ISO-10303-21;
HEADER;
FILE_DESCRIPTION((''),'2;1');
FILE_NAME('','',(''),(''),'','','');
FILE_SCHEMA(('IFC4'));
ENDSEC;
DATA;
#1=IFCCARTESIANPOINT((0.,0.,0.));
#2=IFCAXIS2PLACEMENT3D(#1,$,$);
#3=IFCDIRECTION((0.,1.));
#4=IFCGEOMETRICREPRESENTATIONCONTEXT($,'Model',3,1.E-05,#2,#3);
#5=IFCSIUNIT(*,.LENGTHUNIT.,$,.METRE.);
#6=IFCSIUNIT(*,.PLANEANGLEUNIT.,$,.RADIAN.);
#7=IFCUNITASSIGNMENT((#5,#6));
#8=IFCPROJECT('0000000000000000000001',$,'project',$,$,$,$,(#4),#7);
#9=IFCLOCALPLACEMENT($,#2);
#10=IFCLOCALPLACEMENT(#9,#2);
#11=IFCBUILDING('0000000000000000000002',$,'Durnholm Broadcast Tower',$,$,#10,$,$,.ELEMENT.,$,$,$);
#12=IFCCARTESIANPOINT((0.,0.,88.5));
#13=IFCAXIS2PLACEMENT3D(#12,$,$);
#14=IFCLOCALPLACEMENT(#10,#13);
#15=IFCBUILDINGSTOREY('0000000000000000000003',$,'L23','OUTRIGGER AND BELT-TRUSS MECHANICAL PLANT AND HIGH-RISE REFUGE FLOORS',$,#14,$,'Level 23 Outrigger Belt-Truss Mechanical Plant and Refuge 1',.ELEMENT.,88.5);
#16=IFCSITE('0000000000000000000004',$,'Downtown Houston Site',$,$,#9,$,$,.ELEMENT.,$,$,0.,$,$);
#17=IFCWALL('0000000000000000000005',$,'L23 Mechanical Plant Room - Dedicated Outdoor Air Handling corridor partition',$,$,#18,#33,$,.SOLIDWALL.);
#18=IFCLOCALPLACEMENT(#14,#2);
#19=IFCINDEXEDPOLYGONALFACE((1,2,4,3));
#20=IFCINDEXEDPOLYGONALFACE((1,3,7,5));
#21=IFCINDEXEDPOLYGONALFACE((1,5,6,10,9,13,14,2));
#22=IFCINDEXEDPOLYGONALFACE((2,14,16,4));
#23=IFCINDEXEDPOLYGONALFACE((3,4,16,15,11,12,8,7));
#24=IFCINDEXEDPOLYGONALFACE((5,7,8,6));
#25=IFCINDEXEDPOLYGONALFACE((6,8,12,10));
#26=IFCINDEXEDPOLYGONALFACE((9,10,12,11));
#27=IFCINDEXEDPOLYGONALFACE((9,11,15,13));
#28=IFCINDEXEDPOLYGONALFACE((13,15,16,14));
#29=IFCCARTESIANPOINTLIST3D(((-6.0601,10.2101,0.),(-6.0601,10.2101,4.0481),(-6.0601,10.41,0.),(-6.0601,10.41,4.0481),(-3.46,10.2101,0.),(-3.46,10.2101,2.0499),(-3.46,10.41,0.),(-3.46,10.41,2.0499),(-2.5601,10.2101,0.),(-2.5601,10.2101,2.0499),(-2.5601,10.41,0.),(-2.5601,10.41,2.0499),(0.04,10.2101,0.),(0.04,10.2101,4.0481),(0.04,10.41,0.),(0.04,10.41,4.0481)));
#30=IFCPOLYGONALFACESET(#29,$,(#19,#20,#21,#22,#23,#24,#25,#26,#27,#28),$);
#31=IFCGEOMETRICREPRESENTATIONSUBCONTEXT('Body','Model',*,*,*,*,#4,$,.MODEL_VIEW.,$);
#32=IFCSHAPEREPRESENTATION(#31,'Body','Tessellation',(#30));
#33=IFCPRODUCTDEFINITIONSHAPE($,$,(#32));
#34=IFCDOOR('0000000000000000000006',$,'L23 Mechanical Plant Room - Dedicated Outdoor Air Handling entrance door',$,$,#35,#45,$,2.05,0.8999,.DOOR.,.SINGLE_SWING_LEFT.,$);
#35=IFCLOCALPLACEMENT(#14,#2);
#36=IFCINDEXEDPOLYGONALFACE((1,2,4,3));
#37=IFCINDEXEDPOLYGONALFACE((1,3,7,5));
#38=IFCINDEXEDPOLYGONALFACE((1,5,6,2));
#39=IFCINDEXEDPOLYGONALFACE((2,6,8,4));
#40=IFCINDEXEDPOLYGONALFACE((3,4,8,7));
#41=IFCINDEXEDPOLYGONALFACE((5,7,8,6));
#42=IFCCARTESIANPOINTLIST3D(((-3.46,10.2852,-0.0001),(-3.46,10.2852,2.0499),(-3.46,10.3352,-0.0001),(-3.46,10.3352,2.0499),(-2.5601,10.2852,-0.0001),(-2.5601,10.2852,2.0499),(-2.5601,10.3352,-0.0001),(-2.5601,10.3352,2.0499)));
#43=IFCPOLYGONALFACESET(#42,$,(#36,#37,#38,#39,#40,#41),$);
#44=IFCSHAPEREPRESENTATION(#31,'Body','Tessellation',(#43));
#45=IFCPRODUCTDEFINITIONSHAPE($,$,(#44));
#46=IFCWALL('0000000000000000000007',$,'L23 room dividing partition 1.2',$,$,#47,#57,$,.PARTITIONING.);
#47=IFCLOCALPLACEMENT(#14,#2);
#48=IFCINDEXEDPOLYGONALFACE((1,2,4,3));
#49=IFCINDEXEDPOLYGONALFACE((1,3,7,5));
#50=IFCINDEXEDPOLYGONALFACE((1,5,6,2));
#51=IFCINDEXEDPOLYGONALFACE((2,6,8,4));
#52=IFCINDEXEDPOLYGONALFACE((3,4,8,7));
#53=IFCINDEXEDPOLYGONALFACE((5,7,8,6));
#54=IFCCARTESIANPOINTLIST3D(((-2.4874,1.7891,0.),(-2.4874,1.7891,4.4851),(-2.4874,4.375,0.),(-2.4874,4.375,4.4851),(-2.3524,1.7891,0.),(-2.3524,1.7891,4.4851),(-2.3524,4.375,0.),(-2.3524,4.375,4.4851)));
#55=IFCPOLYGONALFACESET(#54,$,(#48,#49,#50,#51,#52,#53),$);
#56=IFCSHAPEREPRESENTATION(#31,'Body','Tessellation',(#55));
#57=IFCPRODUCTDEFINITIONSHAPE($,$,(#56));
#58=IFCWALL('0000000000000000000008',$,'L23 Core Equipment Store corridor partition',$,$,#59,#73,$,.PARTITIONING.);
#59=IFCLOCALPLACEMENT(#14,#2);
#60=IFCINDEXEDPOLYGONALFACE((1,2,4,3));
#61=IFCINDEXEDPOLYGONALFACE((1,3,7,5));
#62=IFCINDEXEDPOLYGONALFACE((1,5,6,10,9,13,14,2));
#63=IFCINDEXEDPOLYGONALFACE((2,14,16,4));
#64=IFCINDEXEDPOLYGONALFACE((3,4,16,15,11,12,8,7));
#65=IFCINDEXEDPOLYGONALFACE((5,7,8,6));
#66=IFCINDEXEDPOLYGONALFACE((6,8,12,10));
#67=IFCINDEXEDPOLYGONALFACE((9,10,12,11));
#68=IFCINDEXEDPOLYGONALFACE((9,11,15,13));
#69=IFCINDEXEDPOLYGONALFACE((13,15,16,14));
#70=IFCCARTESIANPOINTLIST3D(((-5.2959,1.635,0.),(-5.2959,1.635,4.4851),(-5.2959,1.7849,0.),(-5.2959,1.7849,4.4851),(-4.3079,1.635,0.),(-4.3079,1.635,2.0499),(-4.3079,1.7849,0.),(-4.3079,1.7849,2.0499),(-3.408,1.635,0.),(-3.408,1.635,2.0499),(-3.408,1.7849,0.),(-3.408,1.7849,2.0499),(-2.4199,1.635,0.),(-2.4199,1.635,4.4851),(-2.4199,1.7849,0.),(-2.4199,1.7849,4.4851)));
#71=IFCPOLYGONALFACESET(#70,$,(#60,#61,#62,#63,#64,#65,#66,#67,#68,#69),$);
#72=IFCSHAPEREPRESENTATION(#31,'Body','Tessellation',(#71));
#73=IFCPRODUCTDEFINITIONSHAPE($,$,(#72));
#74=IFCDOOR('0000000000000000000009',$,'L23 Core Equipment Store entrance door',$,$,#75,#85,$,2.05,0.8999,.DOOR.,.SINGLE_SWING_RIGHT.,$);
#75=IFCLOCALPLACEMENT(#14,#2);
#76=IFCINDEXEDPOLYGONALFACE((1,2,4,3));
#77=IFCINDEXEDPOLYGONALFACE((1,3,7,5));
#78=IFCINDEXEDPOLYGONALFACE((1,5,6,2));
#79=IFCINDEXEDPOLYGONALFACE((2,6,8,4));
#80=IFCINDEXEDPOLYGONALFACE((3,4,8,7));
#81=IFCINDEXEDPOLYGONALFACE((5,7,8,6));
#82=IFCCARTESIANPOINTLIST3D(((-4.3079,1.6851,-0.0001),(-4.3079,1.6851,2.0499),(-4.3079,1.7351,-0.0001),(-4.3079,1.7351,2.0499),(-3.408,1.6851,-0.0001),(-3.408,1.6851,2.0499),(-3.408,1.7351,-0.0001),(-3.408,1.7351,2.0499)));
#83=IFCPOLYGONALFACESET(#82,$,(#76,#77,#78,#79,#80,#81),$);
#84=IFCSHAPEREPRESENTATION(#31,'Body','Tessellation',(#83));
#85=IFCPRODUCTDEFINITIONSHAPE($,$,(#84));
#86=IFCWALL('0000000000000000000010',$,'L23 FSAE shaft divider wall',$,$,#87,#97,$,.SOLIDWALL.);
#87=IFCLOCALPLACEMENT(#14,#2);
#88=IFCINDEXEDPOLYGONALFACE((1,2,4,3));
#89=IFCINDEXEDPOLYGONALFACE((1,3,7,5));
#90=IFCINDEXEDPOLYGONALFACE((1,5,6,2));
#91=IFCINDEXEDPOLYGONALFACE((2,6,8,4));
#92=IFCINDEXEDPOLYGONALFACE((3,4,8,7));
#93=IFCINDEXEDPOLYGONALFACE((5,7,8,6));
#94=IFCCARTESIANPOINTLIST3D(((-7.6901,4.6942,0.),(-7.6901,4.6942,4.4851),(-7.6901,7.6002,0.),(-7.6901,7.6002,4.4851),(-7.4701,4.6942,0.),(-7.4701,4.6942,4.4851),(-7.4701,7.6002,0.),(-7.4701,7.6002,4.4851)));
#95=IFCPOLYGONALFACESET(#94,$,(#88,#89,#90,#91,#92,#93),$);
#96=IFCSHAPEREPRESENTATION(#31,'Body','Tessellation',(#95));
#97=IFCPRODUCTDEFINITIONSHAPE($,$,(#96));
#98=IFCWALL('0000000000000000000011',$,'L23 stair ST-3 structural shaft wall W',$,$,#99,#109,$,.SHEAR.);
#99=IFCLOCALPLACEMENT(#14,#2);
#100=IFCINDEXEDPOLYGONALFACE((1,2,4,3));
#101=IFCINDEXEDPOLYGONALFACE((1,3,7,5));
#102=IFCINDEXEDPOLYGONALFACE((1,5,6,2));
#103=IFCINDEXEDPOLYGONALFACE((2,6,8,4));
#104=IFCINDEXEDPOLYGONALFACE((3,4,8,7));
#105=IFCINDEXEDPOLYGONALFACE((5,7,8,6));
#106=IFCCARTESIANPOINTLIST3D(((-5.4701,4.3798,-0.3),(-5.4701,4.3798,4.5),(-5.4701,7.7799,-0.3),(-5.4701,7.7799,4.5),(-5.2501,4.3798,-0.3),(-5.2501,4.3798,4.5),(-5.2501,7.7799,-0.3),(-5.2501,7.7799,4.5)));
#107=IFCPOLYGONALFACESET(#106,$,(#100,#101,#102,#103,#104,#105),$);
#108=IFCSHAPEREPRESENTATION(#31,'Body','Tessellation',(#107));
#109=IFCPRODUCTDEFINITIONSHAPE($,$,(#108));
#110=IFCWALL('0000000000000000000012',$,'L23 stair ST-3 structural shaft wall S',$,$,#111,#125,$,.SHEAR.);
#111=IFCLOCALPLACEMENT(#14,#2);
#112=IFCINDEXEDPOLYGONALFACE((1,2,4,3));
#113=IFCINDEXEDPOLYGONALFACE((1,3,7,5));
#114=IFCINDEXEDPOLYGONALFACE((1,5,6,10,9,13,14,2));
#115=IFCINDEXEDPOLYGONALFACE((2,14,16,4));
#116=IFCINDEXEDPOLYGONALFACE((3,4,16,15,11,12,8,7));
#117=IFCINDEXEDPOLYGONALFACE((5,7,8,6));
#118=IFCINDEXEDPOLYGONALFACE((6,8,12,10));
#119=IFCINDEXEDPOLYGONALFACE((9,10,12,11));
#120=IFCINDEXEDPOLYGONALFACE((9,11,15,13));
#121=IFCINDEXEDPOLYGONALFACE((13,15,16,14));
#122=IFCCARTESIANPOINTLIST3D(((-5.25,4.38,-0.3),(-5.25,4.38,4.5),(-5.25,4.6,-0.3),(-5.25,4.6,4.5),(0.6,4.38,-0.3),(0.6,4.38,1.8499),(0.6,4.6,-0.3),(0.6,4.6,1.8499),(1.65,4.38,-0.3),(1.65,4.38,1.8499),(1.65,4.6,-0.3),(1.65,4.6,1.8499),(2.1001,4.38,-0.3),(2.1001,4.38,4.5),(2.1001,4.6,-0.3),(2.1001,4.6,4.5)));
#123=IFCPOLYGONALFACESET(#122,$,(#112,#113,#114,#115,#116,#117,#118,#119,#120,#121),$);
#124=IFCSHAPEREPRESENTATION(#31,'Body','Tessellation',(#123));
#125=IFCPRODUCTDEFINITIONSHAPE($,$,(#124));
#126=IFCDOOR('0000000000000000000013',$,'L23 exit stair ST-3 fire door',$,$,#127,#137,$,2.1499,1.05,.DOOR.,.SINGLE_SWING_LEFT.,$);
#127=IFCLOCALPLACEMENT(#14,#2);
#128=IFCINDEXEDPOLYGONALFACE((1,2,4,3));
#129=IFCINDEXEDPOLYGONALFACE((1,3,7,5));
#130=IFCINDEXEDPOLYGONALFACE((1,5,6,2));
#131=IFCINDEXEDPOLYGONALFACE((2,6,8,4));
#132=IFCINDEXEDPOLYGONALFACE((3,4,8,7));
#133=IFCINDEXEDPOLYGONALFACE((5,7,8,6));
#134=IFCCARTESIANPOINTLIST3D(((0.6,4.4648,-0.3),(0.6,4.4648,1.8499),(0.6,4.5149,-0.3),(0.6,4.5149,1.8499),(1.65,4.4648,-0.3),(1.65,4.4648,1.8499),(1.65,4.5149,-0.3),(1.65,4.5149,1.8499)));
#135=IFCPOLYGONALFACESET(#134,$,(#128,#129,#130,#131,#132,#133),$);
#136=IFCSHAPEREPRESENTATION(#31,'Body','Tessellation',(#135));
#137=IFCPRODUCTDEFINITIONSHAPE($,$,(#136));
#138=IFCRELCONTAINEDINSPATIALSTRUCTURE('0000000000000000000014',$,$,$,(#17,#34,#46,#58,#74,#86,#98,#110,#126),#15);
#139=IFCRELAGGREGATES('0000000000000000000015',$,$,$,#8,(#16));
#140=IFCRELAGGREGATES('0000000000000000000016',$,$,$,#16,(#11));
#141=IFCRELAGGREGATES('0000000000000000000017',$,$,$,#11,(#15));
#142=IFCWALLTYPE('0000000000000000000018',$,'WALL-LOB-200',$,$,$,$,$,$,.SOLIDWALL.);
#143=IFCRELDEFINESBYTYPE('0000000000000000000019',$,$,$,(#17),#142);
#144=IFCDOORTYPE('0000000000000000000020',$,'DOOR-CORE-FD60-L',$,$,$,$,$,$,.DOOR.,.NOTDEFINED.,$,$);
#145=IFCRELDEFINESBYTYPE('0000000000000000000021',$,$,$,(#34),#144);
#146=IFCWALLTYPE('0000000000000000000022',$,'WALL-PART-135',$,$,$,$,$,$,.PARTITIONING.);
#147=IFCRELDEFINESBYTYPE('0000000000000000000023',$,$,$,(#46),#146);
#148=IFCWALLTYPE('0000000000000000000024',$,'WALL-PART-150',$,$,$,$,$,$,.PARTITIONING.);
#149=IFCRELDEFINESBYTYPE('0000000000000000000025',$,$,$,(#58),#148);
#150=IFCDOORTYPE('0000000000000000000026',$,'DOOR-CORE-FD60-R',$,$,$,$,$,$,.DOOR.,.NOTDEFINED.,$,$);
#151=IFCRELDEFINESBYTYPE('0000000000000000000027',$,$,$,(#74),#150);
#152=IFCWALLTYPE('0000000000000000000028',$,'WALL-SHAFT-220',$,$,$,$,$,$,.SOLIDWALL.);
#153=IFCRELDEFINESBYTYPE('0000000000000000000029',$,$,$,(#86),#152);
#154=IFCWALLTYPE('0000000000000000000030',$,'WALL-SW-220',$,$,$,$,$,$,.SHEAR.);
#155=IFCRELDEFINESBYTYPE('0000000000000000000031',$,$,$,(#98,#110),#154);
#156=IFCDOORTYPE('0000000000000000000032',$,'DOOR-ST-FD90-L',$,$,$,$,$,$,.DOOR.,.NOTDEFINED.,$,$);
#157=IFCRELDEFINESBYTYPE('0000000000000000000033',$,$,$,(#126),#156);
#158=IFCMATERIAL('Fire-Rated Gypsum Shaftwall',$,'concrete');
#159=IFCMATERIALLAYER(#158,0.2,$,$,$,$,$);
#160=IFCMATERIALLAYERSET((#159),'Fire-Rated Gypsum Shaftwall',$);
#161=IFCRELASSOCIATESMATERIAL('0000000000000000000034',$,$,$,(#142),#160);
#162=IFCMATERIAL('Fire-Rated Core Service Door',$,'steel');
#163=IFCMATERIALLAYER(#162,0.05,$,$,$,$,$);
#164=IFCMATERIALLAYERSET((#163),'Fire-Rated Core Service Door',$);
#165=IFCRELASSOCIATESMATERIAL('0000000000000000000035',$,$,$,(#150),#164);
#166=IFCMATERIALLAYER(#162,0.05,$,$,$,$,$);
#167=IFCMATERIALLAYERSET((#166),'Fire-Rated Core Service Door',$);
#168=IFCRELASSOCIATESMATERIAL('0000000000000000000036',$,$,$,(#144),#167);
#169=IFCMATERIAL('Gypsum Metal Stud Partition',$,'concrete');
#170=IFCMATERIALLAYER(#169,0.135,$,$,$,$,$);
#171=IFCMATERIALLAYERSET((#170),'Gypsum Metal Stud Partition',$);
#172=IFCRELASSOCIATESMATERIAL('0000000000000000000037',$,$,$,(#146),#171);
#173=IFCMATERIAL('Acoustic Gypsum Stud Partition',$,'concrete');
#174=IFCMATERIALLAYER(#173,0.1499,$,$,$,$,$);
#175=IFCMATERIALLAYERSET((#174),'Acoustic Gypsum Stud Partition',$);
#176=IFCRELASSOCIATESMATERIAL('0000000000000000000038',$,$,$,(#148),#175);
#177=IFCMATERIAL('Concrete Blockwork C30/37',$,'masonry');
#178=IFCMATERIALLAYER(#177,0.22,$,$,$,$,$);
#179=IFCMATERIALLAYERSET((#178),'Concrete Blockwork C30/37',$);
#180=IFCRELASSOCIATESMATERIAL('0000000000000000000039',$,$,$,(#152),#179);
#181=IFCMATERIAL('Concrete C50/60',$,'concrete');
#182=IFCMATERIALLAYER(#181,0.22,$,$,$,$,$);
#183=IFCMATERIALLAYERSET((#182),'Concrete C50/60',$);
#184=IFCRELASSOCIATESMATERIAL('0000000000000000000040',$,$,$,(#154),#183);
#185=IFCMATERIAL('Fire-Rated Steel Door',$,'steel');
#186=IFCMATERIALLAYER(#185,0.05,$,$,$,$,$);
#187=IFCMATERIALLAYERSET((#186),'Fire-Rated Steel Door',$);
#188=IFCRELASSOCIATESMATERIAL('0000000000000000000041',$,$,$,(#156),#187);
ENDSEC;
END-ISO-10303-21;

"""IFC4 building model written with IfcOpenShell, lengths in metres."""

from ifc_helpers import new_model, si_unit, direction, frame, frame_2d, origin, place, context, subcontext, project, spatial, rectangle, extrude, source, transform, mapped, material, layer, layer_set, type_object, type_shapes, element, fill, save


model = new_model("IFC4")

# Units and contexts
model_context = context("Model", 3, precision=1e-05, world=origin(), true_north=direction((0.0, 1.0)))
body_context = subcontext(model_context, "Body", "Model", "MODEL_VIEW")
ifc_project = project(units=[si_unit("LENGTHUNIT", "METRE"), si_unit("PLANEANGLEUNIT", "RADIAN")], contexts=[model_context])

# Site, building, storey
site_placement = place(None, origin())
site = spatial("IfcSite", under=ifc_project, at=site_placement, Name="Downtown Houston Site", CompositionType="ELEMENT", RefElevation=0.0)
building_placement = place(site_placement, origin())
building = spatial("IfcBuilding", under=site, at=building_placement, Name="Durnholm Broadcast Tower", CompositionType="ELEMENT")
storey_placement = place(building_placement, frame((0.0, 0.0, 88.5)))
storey = spatial("IfcBuildingStorey", under=building, at=storey_placement, Name="L23", Description="OUTRIGGER AND BELT-TRUSS MECHANICAL PLANT AND HIGH-RISE REFUGE FLOORS", LongName="Level 23 Outrigger Belt-Truss Mechanical Plant and Refuge 1", CompositionType="ELEMENT", Elevation=88.5)

# Wall, opening, door
ifc_material_1 = material(Name="Fire-Rated Gypsum Shaftwall", Category="concrete")
ifc_layer_1 = layer(ifc_material_1, 0.2)
ifc_layer_set_1 = layer_set([ifc_layer_1], Name="Fire-Rated Gypsum Shaftwall")
wall_type_1 = type_object("IfcWallType", Name="WALL-LOB-200", PredefinedType="SOLIDWALL", material=ifc_layer_set_1)
ifc_material_2 = material(Name="Fire-Rated Core Service Door", Category="steel")
ifc_layer_2 = layer(ifc_material_2, 0.05)
ifc_layer_set_2 = layer_set([ifc_layer_2], Name="Fire-Rated Core Service Door")
door_type_1 = type_object("IfcDoorType", Name="DOOR-CORE-FD60-R", OperationType="NOTDEFINED", PredefinedType="DOOR", material=ifc_layer_set_2)
shared_shape_1 = source(origin(), body_context, "Body", "SweptSolid", [
    extrude(rectangle(XDim=0.8999, YDim=2.05, at=frame_2d((0.45, 1.0249))), frame((0.0, 0.0249, 0.0), z_axis=(0.0, -1.0, 0.0), x_axis=(1.0, 0.0, 0.0)), (0.0, 0.0, 1.0), 0.05),
])
type_shapes(door_type_1, [shared_shape_1])
wall_1_placement = place(storey_placement, frame((0.04, 10.3101, 0.0), z_axis=(0.0, 0.0, 1.0), x_axis=(-1.0, 0.0, 0.0)))
wall_1 = element("IfcWall", 1, at=wall_1_placement, inside=storey, type_object=wall_type_1, Name="L23 Mechanical Plant Room - Dedicated Outdoor Air Handling corridor partition", PredefinedType="SOLIDWALL", context=body_context, shape_type="SweptSolid", body=[
    extrude(rectangle(XDim=6.1001, YDim=0.2, at=frame_2d((3.05, 0.0))), origin(), (0.0, 0.0, 1.0), 4.0481),
])
opening_1_placement = place(wall_1_placement, frame((2.6001, 0.0, 0.0)))
opening_1 = element("IfcOpeningElement", 2, at=opening_1_placement, cuts=wall_1, PredefinedType="OPENING", context=body_context, shape_type="SweptSolid", body=[
    extrude(rectangle(XDim=0.8999, YDim=2.05, at=frame_2d((0.45, 1.0249))), frame((0.0, 0.1099, 0.0), z_axis=(0.0, -1.0, 0.0), x_axis=(1.0, 0.0, 0.0)), (0.0, 0.0, 1.0), 0.22),
])
ifc_layer_3 = layer(ifc_material_2, 0.05)
ifc_layer_set_3 = layer_set([ifc_layer_3], Name="Fire-Rated Core Service Door")
door_type_2 = type_object("IfcDoorType", Name="DOOR-CORE-FD60-L", OperationType="NOTDEFINED", PredefinedType="DOOR", material=ifc_layer_set_3)
shared_shape_2 = source(origin(), body_context, "Body", "SweptSolid", [
    extrude(rectangle(XDim=0.8999, YDim=2.05, at=frame_2d((0.45, 1.0249))), frame((0.0, 0.0249, 0.0), z_axis=(0.0, -1.0, 0.0), x_axis=(1.0, 0.0, 0.0)), (0.0, 0.0, 1.0), 0.05),
])
type_shapes(door_type_2, [shared_shape_2])
door_1_placement = place(opening_1_placement, origin())
door_1 = element("IfcDoor", 3, at=door_1_placement, inside=storey, type_object=door_type_2, Name="L23 Mechanical Plant Room - Dedicated Outdoor Air Handling entrance door", OperationType="SINGLE_SWING_LEFT", OverallHeight=2.05, OverallWidth=0.8999, PredefinedType="DOOR", context=body_context, shape_type="MappedRepresentation", body=[
    mapped(shared_shape_2, transform((0.0, 0.0, 0.0), x_axis=(1.0, 0.0, 0.0), y_axis=(0.0, 1.0, 0.0), z_axis=(0.0, 0.0, 1.0), scale=1.0)),
])
fill(opening_1, door_1)

# Wall
ifc_material_3 = material(Name="Gypsum Metal Stud Partition", Category="concrete")
ifc_layer_4 = layer(ifc_material_3, 0.135)
ifc_layer_set_4 = layer_set([ifc_layer_4], Name="Gypsum Metal Stud Partition")
wall_type_2 = type_object("IfcWallType", Name="WALL-PART-135", PredefinedType="PARTITIONING", material=ifc_layer_set_4)
wall_2_placement = place(storey_placement, frame((-2.4199, 4.375, 0.0), z_axis=(0.0, 0.0, 1.0), x_axis=(0.0, -1.0, 0.0)))
element("IfcWall", 4, at=wall_2_placement, inside=storey, type_object=wall_type_2, Name="L23 room dividing partition 1.2", PredefinedType="PARTITIONING", context=body_context, shape_type="SweptSolid", body=[
    extrude(rectangle(XDim=2.5859, YDim=0.135, at=frame_2d((1.293, 0.0))), origin(), (0.0, 0.0, 1.0), 4.4851),
])

# Wall, opening, door
ifc_material_4 = material(Name="Acoustic Gypsum Stud Partition", Category="concrete")
ifc_layer_5 = layer(ifc_material_4, 0.1499)
ifc_layer_set_5 = layer_set([ifc_layer_5], Name="Acoustic Gypsum Stud Partition")
wall_type_3 = type_object("IfcWallType", Name="WALL-PART-150", PredefinedType="PARTITIONING", material=ifc_layer_set_5)
wall_3_placement = place(storey_placement, frame((-2.4199, 1.71, 0.0), z_axis=(0.0, 0.0, 1.0), x_axis=(-1.0, 0.0, 0.0)))
wall_3 = element("IfcWall", 5, at=wall_3_placement, inside=storey, type_object=wall_type_3, Name="L23 Core Equipment Store corridor partition", PredefinedType="PARTITIONING", context=body_context, shape_type="SweptSolid", body=[
    extrude(rectangle(XDim=2.876, YDim=0.1499, at=frame_2d((1.438, 0.0))), origin(), (0.0, 0.0, 1.0), 4.4851),
])
opening_2_placement = place(wall_3_placement, frame((0.988, 0.0, 0.0)))
opening_2 = element("IfcOpeningElement", 6, at=opening_2_placement, cuts=wall_3, PredefinedType="OPENING", context=body_context, shape_type="SweptSolid", body=[
    extrude(rectangle(XDim=0.8999, YDim=2.05, at=frame_2d((0.45, 1.0249))), frame((0.0, 0.085, 0.0), z_axis=(0.0, -1.0, 0.0), x_axis=(1.0, 0.0, 0.0)), (0.0, 0.0, 1.0), 0.1699),
])
door_2_placement = place(opening_2_placement, origin())
door_2 = element("IfcDoor", 7, at=door_2_placement, inside=storey, type_object=door_type_1, Name="L23 Core Equipment Store entrance door", OperationType="SINGLE_SWING_RIGHT", OverallHeight=2.05, OverallWidth=0.8999, PredefinedType="DOOR", context=body_context, shape_type="MappedRepresentation", body=[
    mapped(shared_shape_1, transform((0.0, 0.0, 0.0), x_axis=(1.0, 0.0, 0.0), y_axis=(0.0, 1.0, 0.0), z_axis=(0.0, 0.0, 1.0), scale=1.0)),
])
fill(opening_2, door_2)

# Shared definitions
ifc_material_5 = material(Name="Concrete Blockwork C30/37", Category="masonry")
ifc_layer_6 = layer(ifc_material_5, 0.22)
ifc_layer_set_6 = layer_set([ifc_layer_6], Name="Concrete Blockwork C30/37")
wall_type_4 = type_object("IfcWallType", Name="WALL-SHAFT-220", PredefinedType="SOLIDWALL", material=ifc_layer_set_6)

# Walls
wall_4_placement = place(storey_placement, frame((-7.5801, 4.6941, 0.0), z_axis=(0.0, 0.0, 1.0), x_axis=(0.0, 1.0, 0.0)))
element("IfcWall", 8, at=wall_4_placement, inside=storey, type_object=wall_type_4, Name="L23 FSAE shaft divider wall", PredefinedType="SOLIDWALL", context=body_context, shape_type="SweptSolid", body=[
    extrude(rectangle(XDim=2.906, YDim=0.22, at=frame_2d((1.4531, 0.0))), origin(), (0.0, 0.0, 1.0), 4.4851),
])
ifc_material_6 = material(Name="Concrete C50/60", Category="concrete")
ifc_layer_7 = layer(ifc_material_6, 0.22)
ifc_layer_set_7 = layer_set([ifc_layer_7], Name="Concrete C50/60")
wall_type_5 = type_object("IfcWallType", Name="WALL-SW-220", PredefinedType="SHEAR", material=ifc_layer_set_7)
wall_5_placement = place(storey_placement, frame((-5.3601, 7.78, -0.3), z_axis=(0.0, 0.0, 1.0), x_axis=(0.0, -1.0, 0.0)))
element("IfcWall", 9, at=wall_5_placement, inside=storey, type_object=wall_type_5, Name="L23 stair ST-3 structural shaft wall W", PredefinedType="SHEAR", context=body_context, shape_type="SweptSolid", body=[
    extrude(rectangle(XDim=3.4001, YDim=0.22, at=frame_2d((1.7002, 0.0))), origin(), (0.0, 0.0, 1.0), 4.8),
])

# Wall, opening, door
wall_6_placement = place(storey_placement, frame((-5.25, 4.49, -0.3), z_axis=(0.0, 0.0, 1.0), x_axis=(1.0, 0.0, 0.0)))
wall_6 = element("IfcWall", 10, at=wall_6_placement, inside=storey, type_object=wall_type_5, Name="L23 stair ST-3 structural shaft wall S", PredefinedType="SHEAR", context=body_context, shape_type="SweptSolid", body=[
    extrude(rectangle(XDim=7.3501, YDim=0.22, at=frame_2d((3.675, 0.0))), origin(), (0.0, 0.0, 1.0), 4.8),
])
opening_3_placement = place(wall_6_placement, frame((5.8501, 0.0, 0.0)))
opening_3 = element("IfcOpeningElement", 11, at=opening_3_placement, cuts=wall_6, PredefinedType="OPENING", context=body_context, shape_type="SweptSolid", body=[
    extrude(rectangle(XDim=1.05, YDim=2.1499, at=frame_2d((0.5249, 1.075))), frame((0.0, 0.1201, 0.0), z_axis=(0.0, -1.0, 0.0), x_axis=(1.0, 0.0, 0.0)), (0.0, 0.0, 1.0), 0.24),
])
ifc_material_7 = material(Name="Fire-Rated Steel Door", Category="steel")
ifc_layer_8 = layer(ifc_material_7, 0.05)
ifc_layer_set_8 = layer_set([ifc_layer_8], Name="Fire-Rated Steel Door")
door_type_3 = type_object("IfcDoorType", Name="DOOR-ST-FD90-L", OperationType="NOTDEFINED", PredefinedType="DOOR", material=ifc_layer_set_8)
shared_shape_3 = source(origin(), body_context, "Body", "SweptSolid", [
    extrude(rectangle(XDim=1.05, YDim=2.1499, at=frame_2d((0.5249, 1.075))), frame((0.0, 0.0249, 0.0), z_axis=(0.0, -1.0, 0.0), x_axis=(1.0, 0.0, 0.0)), (0.0, 0.0, 1.0), 0.05),
])
type_shapes(door_type_3, [shared_shape_3])
door_3_placement = place(opening_3_placement, origin())
door_3 = element("IfcDoor", 12, at=door_3_placement, inside=storey, type_object=door_type_3, Name="L23 exit stair ST-3 fire door", OperationType="SINGLE_SWING_LEFT", OverallHeight=2.1499, OverallWidth=1.05, PredefinedType="DOOR", context=body_context, shape_type="MappedRepresentation", body=[
    mapped(shared_shape_3, transform((0.0, 0.0, 0.0), x_axis=(1.0, 0.0, 0.0), y_axis=(0.0, 1.0, 0.0), z_axis=(0.0, 0.0, 1.0), scale=1.0)),
])
fill(opening_3, door_3)

save(model, "model.ifc")
